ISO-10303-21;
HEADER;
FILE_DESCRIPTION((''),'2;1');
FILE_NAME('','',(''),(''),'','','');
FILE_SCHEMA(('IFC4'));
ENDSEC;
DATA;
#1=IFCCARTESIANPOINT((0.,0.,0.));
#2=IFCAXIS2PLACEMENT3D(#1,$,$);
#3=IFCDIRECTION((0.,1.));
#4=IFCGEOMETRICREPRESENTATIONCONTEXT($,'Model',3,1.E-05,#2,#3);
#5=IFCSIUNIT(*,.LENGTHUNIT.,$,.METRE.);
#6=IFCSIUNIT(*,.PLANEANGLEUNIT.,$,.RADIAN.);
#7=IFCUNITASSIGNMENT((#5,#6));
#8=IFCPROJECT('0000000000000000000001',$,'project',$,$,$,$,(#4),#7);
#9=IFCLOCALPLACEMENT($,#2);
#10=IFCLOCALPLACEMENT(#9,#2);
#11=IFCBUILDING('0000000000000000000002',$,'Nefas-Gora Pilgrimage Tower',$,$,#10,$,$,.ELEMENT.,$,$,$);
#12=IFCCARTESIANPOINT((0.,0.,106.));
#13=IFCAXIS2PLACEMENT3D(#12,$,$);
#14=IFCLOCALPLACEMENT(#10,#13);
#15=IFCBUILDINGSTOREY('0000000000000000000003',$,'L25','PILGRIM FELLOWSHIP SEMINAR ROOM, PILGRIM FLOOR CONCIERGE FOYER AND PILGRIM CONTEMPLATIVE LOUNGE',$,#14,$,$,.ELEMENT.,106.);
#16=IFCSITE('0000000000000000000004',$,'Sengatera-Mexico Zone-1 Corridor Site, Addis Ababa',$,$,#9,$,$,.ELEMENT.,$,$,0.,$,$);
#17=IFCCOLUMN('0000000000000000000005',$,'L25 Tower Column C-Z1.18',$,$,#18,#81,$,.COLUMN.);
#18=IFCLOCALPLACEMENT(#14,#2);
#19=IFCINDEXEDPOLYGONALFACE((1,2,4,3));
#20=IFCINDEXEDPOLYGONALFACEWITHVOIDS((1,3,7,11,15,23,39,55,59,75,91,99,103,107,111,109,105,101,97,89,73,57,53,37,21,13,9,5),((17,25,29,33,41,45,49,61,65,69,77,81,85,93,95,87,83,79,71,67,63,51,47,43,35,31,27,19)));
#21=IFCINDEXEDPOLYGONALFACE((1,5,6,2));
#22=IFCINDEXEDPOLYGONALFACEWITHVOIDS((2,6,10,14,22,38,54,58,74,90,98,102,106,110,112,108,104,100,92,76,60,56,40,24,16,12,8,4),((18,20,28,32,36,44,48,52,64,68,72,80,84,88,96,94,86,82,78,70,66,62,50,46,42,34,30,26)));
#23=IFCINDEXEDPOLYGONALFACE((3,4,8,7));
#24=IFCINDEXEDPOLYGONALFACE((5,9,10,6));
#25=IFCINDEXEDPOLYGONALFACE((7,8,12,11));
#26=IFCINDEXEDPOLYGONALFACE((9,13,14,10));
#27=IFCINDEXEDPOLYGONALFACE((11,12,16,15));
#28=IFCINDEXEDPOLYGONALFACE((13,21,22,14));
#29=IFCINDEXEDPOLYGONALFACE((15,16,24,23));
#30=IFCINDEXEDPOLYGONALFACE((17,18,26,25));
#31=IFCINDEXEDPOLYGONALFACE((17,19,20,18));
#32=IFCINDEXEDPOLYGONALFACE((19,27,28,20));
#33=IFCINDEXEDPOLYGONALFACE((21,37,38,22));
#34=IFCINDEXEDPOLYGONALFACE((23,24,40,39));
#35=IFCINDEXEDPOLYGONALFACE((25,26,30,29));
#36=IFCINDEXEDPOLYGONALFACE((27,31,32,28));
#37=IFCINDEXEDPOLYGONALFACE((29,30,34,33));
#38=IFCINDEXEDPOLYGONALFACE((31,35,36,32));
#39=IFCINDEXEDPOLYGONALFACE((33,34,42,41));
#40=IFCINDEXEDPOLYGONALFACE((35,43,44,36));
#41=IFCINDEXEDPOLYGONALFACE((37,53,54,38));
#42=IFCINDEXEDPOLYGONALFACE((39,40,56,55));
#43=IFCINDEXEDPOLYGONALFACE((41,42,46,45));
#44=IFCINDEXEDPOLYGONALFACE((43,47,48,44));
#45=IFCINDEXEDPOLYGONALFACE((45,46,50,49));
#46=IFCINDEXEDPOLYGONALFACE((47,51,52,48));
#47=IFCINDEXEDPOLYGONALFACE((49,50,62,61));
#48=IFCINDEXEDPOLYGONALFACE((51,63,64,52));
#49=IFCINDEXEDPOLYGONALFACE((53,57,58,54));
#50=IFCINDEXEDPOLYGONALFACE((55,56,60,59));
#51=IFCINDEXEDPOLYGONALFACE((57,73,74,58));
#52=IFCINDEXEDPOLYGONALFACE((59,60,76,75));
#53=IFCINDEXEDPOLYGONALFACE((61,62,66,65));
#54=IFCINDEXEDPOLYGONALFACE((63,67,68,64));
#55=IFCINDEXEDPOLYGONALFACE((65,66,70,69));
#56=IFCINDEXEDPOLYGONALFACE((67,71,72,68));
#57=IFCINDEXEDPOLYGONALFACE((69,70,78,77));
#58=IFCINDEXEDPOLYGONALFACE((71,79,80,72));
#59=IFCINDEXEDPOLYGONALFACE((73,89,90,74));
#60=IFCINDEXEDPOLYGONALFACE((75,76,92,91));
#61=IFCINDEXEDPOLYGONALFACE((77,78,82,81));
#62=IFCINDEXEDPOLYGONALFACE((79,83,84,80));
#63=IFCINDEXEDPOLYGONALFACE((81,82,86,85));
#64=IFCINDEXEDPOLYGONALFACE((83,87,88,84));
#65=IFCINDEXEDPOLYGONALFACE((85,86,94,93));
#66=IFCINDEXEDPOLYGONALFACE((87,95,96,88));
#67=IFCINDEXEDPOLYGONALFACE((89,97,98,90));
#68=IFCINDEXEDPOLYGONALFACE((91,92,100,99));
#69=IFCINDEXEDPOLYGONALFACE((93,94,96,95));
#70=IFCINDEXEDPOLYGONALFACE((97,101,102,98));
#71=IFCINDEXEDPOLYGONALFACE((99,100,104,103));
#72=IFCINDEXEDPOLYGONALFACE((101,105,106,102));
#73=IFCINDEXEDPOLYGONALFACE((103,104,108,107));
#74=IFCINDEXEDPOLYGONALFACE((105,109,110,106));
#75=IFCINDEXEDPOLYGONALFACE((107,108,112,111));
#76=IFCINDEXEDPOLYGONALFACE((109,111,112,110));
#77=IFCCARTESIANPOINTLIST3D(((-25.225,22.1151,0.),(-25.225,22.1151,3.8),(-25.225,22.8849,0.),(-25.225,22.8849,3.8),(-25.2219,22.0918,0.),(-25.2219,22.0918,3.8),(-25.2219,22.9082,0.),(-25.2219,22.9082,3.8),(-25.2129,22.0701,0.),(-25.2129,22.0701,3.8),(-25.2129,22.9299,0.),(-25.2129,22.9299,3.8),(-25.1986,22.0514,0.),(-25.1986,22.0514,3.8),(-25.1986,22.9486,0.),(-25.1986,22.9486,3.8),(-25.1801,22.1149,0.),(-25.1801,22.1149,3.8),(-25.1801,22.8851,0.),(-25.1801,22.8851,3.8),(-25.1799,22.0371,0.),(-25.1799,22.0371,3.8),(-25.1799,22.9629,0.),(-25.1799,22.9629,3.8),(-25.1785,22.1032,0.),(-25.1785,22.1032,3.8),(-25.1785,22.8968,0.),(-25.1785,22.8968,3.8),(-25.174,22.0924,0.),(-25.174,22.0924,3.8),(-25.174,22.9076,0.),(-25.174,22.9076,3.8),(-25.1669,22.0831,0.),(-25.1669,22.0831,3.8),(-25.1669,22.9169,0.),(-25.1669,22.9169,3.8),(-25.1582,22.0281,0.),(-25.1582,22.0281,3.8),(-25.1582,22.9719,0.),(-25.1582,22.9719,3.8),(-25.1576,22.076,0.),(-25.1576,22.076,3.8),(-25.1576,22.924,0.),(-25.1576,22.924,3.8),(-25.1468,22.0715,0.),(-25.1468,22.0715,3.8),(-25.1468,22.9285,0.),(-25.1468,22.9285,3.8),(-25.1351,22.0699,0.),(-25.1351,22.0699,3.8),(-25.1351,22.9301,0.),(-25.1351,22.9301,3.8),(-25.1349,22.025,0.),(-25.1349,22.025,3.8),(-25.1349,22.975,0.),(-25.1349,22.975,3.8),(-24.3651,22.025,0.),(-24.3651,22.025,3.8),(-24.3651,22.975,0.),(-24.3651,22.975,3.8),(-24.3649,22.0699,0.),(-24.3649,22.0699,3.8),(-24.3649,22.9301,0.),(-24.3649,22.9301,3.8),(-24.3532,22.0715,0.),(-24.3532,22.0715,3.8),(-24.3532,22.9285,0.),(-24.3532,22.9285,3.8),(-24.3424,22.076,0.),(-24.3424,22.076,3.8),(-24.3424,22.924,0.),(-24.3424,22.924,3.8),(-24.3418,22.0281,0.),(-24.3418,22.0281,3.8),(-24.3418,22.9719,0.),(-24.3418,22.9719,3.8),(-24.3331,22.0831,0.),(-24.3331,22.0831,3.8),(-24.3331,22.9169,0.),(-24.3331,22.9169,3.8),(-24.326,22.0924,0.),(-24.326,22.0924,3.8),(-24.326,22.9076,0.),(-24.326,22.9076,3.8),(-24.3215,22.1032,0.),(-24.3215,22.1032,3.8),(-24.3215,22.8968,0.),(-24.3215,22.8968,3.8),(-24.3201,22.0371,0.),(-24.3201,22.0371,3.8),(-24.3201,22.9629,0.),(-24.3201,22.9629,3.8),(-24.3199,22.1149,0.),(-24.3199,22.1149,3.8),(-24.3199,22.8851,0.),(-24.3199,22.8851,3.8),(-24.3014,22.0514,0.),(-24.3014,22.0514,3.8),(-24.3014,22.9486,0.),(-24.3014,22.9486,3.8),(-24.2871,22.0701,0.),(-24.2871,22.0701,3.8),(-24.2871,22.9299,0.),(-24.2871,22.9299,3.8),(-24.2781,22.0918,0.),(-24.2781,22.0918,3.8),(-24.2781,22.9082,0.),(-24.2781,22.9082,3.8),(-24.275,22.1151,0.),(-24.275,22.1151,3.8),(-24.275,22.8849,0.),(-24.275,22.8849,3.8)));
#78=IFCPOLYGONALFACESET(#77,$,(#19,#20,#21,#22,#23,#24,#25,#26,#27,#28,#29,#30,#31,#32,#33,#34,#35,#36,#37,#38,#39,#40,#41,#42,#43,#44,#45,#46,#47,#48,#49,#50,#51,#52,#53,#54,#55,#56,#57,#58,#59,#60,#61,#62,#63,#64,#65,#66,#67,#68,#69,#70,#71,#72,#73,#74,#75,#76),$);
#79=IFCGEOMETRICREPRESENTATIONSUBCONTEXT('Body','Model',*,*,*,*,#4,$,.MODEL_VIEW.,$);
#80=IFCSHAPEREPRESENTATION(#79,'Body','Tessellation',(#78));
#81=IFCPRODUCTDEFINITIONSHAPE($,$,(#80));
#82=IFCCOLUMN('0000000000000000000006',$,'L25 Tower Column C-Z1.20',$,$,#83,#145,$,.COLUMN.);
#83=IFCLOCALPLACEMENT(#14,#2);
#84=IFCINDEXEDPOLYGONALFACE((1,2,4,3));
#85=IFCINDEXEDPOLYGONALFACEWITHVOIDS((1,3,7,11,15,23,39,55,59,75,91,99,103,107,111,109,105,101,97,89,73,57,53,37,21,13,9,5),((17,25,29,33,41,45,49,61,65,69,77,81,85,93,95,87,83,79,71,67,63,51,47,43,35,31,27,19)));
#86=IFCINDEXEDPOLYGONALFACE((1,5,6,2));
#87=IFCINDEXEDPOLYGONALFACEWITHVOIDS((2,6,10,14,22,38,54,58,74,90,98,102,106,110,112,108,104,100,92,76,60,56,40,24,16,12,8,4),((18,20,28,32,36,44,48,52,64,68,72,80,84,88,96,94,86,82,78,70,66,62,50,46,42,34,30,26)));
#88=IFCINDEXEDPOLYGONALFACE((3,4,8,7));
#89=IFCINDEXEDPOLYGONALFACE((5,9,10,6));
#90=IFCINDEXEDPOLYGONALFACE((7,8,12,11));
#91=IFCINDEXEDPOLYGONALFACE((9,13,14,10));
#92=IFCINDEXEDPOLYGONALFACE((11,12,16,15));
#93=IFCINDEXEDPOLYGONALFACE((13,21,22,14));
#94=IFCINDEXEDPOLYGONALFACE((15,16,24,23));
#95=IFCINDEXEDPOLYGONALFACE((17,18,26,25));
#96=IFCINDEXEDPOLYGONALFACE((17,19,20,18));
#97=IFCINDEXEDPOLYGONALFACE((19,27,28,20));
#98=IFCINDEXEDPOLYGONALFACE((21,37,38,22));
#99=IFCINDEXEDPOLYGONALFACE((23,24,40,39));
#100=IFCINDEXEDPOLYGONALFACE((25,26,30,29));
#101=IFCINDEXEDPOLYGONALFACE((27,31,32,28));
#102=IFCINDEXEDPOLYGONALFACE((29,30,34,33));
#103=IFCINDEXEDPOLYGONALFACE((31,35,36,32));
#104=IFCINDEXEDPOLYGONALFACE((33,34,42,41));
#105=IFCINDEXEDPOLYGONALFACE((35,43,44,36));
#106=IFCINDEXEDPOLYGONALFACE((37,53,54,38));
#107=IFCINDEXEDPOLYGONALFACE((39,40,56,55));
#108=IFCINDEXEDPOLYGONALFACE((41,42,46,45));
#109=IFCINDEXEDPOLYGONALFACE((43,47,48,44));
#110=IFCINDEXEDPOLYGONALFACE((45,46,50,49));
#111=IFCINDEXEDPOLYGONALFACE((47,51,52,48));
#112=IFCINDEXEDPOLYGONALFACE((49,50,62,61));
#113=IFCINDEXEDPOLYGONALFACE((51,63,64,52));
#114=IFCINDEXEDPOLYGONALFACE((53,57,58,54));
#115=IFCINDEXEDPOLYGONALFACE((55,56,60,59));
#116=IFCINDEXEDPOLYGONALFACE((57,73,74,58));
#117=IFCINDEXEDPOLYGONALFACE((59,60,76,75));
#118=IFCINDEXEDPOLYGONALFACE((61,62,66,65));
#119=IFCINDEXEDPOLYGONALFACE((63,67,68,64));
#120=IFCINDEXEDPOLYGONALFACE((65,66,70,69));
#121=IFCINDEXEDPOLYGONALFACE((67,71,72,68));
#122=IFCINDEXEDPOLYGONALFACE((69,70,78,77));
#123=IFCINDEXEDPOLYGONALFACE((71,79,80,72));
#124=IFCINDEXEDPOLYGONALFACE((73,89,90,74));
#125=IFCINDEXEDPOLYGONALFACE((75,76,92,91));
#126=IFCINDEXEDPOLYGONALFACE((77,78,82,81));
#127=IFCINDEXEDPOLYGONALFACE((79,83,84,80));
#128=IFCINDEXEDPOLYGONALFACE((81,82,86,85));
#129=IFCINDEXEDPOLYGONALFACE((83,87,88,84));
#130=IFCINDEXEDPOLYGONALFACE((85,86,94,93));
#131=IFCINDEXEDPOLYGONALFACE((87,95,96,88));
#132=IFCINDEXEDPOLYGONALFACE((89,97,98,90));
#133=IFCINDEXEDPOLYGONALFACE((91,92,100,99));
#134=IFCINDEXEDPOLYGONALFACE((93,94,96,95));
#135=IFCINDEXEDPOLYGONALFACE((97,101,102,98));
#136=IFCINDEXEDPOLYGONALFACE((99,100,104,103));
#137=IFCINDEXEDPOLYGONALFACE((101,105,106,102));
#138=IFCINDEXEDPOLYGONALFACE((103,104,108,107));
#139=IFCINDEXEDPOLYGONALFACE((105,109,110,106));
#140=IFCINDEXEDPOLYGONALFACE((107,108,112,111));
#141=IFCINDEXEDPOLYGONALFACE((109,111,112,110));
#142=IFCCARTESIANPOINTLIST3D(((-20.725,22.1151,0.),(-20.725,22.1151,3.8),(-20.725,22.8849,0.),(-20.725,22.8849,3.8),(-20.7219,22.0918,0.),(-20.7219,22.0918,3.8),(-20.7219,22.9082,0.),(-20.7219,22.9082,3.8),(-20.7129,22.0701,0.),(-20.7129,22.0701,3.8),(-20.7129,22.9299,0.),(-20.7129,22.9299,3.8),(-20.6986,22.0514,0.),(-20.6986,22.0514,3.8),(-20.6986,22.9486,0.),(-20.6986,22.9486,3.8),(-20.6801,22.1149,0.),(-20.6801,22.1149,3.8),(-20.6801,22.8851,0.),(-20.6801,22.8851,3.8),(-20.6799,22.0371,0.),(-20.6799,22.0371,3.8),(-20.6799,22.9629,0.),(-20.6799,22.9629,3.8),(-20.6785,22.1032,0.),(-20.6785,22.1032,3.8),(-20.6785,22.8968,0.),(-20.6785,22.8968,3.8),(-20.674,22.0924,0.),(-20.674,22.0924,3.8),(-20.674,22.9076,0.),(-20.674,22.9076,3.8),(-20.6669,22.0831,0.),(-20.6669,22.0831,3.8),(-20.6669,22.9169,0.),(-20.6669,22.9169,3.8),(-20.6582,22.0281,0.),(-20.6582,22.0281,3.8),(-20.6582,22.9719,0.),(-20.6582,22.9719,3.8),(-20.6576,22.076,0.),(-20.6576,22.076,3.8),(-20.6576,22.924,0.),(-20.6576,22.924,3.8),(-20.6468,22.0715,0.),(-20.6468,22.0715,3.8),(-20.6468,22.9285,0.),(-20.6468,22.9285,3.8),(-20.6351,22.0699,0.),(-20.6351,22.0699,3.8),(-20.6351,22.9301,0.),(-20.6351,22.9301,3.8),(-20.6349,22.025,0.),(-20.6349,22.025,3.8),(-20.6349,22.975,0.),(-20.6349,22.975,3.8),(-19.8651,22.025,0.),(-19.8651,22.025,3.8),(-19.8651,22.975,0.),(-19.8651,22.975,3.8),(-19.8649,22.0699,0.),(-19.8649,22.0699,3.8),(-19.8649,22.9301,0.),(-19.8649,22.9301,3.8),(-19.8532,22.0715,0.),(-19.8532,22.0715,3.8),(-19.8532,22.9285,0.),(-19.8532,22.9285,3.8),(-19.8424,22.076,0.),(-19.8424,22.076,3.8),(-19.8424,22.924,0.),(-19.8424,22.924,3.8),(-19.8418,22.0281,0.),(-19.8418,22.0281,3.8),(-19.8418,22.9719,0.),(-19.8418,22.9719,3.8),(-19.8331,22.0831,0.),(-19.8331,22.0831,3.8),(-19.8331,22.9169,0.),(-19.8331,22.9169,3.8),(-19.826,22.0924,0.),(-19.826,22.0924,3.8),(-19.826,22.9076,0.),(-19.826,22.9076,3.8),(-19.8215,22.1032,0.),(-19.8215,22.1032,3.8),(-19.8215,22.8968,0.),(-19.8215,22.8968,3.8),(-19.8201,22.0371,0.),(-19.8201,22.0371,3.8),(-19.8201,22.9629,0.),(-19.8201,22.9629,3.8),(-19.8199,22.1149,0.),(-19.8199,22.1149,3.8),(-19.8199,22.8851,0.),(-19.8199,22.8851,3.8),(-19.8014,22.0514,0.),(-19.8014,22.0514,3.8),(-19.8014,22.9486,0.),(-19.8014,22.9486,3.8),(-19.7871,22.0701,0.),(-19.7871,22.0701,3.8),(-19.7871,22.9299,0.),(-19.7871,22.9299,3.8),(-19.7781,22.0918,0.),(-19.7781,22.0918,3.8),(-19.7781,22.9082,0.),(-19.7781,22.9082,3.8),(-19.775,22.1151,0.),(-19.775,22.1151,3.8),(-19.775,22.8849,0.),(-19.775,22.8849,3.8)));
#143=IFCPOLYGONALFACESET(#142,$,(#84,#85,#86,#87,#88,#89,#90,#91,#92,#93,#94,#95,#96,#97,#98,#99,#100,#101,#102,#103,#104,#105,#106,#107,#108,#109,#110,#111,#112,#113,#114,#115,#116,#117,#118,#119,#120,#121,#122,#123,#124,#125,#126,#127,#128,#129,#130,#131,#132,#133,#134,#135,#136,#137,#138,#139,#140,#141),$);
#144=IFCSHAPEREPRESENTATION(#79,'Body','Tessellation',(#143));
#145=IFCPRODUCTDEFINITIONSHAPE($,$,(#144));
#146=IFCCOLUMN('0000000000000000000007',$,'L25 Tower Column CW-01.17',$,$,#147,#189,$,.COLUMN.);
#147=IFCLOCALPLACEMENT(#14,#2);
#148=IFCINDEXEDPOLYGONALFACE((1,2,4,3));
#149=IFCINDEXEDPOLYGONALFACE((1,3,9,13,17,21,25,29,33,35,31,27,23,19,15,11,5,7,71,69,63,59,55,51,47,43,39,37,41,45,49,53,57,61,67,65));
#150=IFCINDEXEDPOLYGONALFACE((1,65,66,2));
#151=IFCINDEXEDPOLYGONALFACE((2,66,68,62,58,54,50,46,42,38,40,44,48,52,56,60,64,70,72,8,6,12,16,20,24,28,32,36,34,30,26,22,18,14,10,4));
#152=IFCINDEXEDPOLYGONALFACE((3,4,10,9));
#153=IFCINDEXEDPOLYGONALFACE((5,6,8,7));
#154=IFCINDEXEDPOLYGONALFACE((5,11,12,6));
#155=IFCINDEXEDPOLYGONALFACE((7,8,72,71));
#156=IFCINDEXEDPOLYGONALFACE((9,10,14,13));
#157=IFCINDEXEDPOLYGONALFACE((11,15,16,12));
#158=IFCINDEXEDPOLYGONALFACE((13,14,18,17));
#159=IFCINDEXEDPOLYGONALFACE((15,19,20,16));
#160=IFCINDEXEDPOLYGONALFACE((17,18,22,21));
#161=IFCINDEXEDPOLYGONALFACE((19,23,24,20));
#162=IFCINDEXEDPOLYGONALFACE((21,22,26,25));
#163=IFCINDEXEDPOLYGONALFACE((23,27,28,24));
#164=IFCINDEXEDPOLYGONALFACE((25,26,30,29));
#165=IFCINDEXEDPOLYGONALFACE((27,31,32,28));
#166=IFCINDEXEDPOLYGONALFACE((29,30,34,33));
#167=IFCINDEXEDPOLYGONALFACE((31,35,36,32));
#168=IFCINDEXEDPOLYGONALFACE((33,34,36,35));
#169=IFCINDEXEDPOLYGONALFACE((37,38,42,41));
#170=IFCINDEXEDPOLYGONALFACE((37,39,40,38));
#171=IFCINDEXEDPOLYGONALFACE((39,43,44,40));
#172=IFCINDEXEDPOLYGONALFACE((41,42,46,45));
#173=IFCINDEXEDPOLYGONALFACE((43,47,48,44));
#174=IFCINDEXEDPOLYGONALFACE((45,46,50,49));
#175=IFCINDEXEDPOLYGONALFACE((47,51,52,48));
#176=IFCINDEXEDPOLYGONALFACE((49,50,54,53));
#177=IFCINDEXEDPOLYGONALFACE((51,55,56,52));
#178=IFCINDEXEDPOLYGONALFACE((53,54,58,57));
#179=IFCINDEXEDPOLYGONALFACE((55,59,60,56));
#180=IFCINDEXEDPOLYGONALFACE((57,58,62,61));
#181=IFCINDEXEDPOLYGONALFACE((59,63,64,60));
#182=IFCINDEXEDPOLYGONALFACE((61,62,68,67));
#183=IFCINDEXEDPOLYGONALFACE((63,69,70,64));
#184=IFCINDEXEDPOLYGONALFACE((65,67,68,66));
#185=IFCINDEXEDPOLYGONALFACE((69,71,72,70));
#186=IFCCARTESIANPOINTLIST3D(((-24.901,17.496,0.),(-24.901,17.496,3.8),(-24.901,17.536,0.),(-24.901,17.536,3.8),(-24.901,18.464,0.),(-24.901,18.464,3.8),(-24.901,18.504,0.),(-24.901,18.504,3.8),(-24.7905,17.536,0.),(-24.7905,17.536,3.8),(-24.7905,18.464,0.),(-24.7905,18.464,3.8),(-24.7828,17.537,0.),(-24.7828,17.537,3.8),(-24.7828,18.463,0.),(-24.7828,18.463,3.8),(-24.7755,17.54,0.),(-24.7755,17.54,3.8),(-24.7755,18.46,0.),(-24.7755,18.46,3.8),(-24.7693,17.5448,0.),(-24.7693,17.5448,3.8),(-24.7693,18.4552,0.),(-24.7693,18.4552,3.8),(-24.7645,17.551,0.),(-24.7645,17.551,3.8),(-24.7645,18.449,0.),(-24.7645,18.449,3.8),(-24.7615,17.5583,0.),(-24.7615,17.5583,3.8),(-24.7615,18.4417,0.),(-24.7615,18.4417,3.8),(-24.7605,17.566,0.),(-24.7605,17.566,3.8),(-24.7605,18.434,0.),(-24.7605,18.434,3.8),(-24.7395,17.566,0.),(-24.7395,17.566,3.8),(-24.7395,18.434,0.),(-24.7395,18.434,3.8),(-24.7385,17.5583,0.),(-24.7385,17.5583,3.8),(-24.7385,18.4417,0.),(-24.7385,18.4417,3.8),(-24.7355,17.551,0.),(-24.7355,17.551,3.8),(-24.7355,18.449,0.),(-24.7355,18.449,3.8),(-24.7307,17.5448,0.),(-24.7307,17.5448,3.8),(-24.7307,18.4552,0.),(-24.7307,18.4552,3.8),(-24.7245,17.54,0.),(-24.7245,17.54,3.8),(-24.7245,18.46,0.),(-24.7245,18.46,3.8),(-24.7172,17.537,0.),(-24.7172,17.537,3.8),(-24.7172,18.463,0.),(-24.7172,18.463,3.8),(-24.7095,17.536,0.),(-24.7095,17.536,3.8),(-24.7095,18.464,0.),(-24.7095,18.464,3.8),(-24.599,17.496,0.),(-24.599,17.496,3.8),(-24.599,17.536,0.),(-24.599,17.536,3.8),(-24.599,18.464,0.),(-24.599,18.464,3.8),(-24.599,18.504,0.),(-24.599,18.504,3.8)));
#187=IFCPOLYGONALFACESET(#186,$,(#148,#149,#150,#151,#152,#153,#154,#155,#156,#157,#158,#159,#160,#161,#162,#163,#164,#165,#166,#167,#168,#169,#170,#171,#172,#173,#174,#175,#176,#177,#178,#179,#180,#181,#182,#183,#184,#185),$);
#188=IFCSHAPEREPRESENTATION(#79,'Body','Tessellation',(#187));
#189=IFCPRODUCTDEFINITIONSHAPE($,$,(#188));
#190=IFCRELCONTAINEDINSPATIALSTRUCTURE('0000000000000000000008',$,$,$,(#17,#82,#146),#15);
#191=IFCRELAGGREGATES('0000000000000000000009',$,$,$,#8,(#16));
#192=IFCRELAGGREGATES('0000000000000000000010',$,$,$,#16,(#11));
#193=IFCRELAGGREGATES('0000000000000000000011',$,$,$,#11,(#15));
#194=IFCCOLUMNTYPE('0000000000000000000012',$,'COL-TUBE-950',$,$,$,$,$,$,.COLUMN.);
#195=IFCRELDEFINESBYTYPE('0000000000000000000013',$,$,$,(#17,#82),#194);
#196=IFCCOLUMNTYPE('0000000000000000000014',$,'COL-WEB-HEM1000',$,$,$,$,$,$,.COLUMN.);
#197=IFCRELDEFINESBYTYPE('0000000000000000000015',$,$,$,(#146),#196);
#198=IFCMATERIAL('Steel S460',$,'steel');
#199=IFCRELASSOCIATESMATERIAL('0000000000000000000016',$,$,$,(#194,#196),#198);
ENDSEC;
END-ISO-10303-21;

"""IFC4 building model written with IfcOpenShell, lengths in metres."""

from ifc_helpers import new_model, si_unit, direction, frame, origin, origin_2d, place, context, subcontext, project, spatial, hollow_rectangle, i_section, extrude, source, transform, mapped, material, material_profile, profile_set, type_object, element, save


model = new_model("IFC4")

# Units and contexts
model_context = context("Model", 3, precision=1e-05, world=origin(), true_north=direction((0.0, 1.0)))
body_context = subcontext(model_context, "Body", "Model", "MODEL_VIEW")
ifc_project = project(units=[si_unit("LENGTHUNIT", "METRE"), si_unit("PLANEANGLEUNIT", "RADIAN")], contexts=[model_context])

# Site, building, storey
site_placement = place(None, origin())
site = spatial("IfcSite", under=ifc_project, at=site_placement, Name="Sengatera-Mexico Zone-1 Corridor Site, Addis Ababa", CompositionType="ELEMENT", RefElevation=0.0)
building_placement = place(site_placement, origin())
building = spatial("IfcBuilding", under=site, at=building_placement, Name="Nefas-Gora Pilgrimage Tower", CompositionType="ELEMENT")
storey_placement = place(building_placement, frame((0.0, 0.0, 106.0)))
storey = spatial("IfcBuildingStorey", under=building, at=storey_placement, Name="L25", Description="PILGRIM FELLOWSHIP SEMINAR ROOM, PILGRIM FLOOR CONCIERGE FOYER AND PILGRIM CONTEMPLATIVE LOUNGE", CompositionType="ELEMENT", Elevation=106.0)

# Columns
ifc_material_1 = material(Name="Steel S460", Category="steel")
ifc_material_profile_1 = material_profile(ifc_material_1, hollow_rectangle(XDim=0.95, YDim=0.95, WallThickness=0.0449, InnerFilletRadius=0.0449, OuterFilletRadius=0.0901, at=origin_2d()), Name="BOX 950x950x45")
ifc_profile_set_1 = profile_set([ifc_material_profile_1], Name="Steel S460")
column_type_1 = type_object("IfcColumnType", Name="COL-TUBE-950", PredefinedType="COLUMN", material=ifc_profile_set_1)
shared_shape_1 = source(origin(), body_context, "Body", "SweptSolid", [
    extrude(hollow_rectangle(XDim=0.95, YDim=0.95, WallThickness=0.0449, InnerFilletRadius=0.0449, OuterFilletRadius=0.0901, at=origin_2d()), origin(), (0.0, 0.0, 1.0), 3.8),
])
for number, where, z_axis, x_axis, name in (
    (1, (-24.75, 22.5, 0.0), (0.0, 0.0, 1.0), (1.0, 0.0, 0.0), "L25 Tower Column C-Z1.18"),
    (2, (-20.25, 22.5, 0.0), (0.0, 0.0, 1.0), (1.0, 0.0, 0.0), "L25 Tower Column C-Z1.20"),
):
    element("IfcColumn", number, at=place(storey_placement, frame(where, z_axis=z_axis, x_axis=x_axis)), inside=storey, type_object=column_type_1, Name=name, PredefinedType="COLUMN", context=body_context, shape_type="MappedRepresentation", body=[
        mapped(shared_shape_1, transform((0.0, 0.0, 0.0), x_axis=(1.0, 0.0, 0.0), y_axis=(0.0, 1.0, 0.0), z_axis=(0.0, 0.0, 1.0), scale=1.0)),
    ])
ifc_material_profile_2 = material_profile(ifc_material_1, i_section(OverallWidth=0.302, OverallDepth=1.0081, WebThickness=0.021, FlangeThickness=0.04, FilletRadius=0.03, at=origin_2d()), Name="HEM 1000")
ifc_profile_set_2 = profile_set([ifc_material_profile_2], Name="Steel S460")
column_type_2 = type_object("IfcColumnType", Name="COL-WEB-HEM1000", PredefinedType="COLUMN", material=ifc_profile_set_2)
shared_shape_2 = source(origin(), body_context, "Body", "SweptSolid", [
    extrude(i_section(OverallWidth=0.302, OverallDepth=1.0081, WebThickness=0.021, FlangeThickness=0.04, FilletRadius=0.03, at=origin_2d()), origin(), (0.0, 0.0, 1.0), 3.8),
])
for number, where, z_axis, x_axis, name in (
    (3, (-24.75, 18.0, 0.0), (0.0, 0.0, 1.0), (1.0, 0.0, 0.0), "L25 Tower Column CW-01.17"),
):
    element("IfcColumn", number, at=place(storey_placement, frame(where, z_axis=z_axis, x_axis=x_axis)), inside=storey, type_object=column_type_2, Name=name, PredefinedType="COLUMN", context=body_context, shape_type="MappedRepresentation", body=[
        mapped(shared_shape_2, transform((0.0, 0.0, 0.0), x_axis=(1.0, 0.0, 0.0), y_axis=(0.0, 1.0, 0.0), z_axis=(0.0, 0.0, 1.0), scale=1.0)),
    ])

save(model, "model.ifc")
